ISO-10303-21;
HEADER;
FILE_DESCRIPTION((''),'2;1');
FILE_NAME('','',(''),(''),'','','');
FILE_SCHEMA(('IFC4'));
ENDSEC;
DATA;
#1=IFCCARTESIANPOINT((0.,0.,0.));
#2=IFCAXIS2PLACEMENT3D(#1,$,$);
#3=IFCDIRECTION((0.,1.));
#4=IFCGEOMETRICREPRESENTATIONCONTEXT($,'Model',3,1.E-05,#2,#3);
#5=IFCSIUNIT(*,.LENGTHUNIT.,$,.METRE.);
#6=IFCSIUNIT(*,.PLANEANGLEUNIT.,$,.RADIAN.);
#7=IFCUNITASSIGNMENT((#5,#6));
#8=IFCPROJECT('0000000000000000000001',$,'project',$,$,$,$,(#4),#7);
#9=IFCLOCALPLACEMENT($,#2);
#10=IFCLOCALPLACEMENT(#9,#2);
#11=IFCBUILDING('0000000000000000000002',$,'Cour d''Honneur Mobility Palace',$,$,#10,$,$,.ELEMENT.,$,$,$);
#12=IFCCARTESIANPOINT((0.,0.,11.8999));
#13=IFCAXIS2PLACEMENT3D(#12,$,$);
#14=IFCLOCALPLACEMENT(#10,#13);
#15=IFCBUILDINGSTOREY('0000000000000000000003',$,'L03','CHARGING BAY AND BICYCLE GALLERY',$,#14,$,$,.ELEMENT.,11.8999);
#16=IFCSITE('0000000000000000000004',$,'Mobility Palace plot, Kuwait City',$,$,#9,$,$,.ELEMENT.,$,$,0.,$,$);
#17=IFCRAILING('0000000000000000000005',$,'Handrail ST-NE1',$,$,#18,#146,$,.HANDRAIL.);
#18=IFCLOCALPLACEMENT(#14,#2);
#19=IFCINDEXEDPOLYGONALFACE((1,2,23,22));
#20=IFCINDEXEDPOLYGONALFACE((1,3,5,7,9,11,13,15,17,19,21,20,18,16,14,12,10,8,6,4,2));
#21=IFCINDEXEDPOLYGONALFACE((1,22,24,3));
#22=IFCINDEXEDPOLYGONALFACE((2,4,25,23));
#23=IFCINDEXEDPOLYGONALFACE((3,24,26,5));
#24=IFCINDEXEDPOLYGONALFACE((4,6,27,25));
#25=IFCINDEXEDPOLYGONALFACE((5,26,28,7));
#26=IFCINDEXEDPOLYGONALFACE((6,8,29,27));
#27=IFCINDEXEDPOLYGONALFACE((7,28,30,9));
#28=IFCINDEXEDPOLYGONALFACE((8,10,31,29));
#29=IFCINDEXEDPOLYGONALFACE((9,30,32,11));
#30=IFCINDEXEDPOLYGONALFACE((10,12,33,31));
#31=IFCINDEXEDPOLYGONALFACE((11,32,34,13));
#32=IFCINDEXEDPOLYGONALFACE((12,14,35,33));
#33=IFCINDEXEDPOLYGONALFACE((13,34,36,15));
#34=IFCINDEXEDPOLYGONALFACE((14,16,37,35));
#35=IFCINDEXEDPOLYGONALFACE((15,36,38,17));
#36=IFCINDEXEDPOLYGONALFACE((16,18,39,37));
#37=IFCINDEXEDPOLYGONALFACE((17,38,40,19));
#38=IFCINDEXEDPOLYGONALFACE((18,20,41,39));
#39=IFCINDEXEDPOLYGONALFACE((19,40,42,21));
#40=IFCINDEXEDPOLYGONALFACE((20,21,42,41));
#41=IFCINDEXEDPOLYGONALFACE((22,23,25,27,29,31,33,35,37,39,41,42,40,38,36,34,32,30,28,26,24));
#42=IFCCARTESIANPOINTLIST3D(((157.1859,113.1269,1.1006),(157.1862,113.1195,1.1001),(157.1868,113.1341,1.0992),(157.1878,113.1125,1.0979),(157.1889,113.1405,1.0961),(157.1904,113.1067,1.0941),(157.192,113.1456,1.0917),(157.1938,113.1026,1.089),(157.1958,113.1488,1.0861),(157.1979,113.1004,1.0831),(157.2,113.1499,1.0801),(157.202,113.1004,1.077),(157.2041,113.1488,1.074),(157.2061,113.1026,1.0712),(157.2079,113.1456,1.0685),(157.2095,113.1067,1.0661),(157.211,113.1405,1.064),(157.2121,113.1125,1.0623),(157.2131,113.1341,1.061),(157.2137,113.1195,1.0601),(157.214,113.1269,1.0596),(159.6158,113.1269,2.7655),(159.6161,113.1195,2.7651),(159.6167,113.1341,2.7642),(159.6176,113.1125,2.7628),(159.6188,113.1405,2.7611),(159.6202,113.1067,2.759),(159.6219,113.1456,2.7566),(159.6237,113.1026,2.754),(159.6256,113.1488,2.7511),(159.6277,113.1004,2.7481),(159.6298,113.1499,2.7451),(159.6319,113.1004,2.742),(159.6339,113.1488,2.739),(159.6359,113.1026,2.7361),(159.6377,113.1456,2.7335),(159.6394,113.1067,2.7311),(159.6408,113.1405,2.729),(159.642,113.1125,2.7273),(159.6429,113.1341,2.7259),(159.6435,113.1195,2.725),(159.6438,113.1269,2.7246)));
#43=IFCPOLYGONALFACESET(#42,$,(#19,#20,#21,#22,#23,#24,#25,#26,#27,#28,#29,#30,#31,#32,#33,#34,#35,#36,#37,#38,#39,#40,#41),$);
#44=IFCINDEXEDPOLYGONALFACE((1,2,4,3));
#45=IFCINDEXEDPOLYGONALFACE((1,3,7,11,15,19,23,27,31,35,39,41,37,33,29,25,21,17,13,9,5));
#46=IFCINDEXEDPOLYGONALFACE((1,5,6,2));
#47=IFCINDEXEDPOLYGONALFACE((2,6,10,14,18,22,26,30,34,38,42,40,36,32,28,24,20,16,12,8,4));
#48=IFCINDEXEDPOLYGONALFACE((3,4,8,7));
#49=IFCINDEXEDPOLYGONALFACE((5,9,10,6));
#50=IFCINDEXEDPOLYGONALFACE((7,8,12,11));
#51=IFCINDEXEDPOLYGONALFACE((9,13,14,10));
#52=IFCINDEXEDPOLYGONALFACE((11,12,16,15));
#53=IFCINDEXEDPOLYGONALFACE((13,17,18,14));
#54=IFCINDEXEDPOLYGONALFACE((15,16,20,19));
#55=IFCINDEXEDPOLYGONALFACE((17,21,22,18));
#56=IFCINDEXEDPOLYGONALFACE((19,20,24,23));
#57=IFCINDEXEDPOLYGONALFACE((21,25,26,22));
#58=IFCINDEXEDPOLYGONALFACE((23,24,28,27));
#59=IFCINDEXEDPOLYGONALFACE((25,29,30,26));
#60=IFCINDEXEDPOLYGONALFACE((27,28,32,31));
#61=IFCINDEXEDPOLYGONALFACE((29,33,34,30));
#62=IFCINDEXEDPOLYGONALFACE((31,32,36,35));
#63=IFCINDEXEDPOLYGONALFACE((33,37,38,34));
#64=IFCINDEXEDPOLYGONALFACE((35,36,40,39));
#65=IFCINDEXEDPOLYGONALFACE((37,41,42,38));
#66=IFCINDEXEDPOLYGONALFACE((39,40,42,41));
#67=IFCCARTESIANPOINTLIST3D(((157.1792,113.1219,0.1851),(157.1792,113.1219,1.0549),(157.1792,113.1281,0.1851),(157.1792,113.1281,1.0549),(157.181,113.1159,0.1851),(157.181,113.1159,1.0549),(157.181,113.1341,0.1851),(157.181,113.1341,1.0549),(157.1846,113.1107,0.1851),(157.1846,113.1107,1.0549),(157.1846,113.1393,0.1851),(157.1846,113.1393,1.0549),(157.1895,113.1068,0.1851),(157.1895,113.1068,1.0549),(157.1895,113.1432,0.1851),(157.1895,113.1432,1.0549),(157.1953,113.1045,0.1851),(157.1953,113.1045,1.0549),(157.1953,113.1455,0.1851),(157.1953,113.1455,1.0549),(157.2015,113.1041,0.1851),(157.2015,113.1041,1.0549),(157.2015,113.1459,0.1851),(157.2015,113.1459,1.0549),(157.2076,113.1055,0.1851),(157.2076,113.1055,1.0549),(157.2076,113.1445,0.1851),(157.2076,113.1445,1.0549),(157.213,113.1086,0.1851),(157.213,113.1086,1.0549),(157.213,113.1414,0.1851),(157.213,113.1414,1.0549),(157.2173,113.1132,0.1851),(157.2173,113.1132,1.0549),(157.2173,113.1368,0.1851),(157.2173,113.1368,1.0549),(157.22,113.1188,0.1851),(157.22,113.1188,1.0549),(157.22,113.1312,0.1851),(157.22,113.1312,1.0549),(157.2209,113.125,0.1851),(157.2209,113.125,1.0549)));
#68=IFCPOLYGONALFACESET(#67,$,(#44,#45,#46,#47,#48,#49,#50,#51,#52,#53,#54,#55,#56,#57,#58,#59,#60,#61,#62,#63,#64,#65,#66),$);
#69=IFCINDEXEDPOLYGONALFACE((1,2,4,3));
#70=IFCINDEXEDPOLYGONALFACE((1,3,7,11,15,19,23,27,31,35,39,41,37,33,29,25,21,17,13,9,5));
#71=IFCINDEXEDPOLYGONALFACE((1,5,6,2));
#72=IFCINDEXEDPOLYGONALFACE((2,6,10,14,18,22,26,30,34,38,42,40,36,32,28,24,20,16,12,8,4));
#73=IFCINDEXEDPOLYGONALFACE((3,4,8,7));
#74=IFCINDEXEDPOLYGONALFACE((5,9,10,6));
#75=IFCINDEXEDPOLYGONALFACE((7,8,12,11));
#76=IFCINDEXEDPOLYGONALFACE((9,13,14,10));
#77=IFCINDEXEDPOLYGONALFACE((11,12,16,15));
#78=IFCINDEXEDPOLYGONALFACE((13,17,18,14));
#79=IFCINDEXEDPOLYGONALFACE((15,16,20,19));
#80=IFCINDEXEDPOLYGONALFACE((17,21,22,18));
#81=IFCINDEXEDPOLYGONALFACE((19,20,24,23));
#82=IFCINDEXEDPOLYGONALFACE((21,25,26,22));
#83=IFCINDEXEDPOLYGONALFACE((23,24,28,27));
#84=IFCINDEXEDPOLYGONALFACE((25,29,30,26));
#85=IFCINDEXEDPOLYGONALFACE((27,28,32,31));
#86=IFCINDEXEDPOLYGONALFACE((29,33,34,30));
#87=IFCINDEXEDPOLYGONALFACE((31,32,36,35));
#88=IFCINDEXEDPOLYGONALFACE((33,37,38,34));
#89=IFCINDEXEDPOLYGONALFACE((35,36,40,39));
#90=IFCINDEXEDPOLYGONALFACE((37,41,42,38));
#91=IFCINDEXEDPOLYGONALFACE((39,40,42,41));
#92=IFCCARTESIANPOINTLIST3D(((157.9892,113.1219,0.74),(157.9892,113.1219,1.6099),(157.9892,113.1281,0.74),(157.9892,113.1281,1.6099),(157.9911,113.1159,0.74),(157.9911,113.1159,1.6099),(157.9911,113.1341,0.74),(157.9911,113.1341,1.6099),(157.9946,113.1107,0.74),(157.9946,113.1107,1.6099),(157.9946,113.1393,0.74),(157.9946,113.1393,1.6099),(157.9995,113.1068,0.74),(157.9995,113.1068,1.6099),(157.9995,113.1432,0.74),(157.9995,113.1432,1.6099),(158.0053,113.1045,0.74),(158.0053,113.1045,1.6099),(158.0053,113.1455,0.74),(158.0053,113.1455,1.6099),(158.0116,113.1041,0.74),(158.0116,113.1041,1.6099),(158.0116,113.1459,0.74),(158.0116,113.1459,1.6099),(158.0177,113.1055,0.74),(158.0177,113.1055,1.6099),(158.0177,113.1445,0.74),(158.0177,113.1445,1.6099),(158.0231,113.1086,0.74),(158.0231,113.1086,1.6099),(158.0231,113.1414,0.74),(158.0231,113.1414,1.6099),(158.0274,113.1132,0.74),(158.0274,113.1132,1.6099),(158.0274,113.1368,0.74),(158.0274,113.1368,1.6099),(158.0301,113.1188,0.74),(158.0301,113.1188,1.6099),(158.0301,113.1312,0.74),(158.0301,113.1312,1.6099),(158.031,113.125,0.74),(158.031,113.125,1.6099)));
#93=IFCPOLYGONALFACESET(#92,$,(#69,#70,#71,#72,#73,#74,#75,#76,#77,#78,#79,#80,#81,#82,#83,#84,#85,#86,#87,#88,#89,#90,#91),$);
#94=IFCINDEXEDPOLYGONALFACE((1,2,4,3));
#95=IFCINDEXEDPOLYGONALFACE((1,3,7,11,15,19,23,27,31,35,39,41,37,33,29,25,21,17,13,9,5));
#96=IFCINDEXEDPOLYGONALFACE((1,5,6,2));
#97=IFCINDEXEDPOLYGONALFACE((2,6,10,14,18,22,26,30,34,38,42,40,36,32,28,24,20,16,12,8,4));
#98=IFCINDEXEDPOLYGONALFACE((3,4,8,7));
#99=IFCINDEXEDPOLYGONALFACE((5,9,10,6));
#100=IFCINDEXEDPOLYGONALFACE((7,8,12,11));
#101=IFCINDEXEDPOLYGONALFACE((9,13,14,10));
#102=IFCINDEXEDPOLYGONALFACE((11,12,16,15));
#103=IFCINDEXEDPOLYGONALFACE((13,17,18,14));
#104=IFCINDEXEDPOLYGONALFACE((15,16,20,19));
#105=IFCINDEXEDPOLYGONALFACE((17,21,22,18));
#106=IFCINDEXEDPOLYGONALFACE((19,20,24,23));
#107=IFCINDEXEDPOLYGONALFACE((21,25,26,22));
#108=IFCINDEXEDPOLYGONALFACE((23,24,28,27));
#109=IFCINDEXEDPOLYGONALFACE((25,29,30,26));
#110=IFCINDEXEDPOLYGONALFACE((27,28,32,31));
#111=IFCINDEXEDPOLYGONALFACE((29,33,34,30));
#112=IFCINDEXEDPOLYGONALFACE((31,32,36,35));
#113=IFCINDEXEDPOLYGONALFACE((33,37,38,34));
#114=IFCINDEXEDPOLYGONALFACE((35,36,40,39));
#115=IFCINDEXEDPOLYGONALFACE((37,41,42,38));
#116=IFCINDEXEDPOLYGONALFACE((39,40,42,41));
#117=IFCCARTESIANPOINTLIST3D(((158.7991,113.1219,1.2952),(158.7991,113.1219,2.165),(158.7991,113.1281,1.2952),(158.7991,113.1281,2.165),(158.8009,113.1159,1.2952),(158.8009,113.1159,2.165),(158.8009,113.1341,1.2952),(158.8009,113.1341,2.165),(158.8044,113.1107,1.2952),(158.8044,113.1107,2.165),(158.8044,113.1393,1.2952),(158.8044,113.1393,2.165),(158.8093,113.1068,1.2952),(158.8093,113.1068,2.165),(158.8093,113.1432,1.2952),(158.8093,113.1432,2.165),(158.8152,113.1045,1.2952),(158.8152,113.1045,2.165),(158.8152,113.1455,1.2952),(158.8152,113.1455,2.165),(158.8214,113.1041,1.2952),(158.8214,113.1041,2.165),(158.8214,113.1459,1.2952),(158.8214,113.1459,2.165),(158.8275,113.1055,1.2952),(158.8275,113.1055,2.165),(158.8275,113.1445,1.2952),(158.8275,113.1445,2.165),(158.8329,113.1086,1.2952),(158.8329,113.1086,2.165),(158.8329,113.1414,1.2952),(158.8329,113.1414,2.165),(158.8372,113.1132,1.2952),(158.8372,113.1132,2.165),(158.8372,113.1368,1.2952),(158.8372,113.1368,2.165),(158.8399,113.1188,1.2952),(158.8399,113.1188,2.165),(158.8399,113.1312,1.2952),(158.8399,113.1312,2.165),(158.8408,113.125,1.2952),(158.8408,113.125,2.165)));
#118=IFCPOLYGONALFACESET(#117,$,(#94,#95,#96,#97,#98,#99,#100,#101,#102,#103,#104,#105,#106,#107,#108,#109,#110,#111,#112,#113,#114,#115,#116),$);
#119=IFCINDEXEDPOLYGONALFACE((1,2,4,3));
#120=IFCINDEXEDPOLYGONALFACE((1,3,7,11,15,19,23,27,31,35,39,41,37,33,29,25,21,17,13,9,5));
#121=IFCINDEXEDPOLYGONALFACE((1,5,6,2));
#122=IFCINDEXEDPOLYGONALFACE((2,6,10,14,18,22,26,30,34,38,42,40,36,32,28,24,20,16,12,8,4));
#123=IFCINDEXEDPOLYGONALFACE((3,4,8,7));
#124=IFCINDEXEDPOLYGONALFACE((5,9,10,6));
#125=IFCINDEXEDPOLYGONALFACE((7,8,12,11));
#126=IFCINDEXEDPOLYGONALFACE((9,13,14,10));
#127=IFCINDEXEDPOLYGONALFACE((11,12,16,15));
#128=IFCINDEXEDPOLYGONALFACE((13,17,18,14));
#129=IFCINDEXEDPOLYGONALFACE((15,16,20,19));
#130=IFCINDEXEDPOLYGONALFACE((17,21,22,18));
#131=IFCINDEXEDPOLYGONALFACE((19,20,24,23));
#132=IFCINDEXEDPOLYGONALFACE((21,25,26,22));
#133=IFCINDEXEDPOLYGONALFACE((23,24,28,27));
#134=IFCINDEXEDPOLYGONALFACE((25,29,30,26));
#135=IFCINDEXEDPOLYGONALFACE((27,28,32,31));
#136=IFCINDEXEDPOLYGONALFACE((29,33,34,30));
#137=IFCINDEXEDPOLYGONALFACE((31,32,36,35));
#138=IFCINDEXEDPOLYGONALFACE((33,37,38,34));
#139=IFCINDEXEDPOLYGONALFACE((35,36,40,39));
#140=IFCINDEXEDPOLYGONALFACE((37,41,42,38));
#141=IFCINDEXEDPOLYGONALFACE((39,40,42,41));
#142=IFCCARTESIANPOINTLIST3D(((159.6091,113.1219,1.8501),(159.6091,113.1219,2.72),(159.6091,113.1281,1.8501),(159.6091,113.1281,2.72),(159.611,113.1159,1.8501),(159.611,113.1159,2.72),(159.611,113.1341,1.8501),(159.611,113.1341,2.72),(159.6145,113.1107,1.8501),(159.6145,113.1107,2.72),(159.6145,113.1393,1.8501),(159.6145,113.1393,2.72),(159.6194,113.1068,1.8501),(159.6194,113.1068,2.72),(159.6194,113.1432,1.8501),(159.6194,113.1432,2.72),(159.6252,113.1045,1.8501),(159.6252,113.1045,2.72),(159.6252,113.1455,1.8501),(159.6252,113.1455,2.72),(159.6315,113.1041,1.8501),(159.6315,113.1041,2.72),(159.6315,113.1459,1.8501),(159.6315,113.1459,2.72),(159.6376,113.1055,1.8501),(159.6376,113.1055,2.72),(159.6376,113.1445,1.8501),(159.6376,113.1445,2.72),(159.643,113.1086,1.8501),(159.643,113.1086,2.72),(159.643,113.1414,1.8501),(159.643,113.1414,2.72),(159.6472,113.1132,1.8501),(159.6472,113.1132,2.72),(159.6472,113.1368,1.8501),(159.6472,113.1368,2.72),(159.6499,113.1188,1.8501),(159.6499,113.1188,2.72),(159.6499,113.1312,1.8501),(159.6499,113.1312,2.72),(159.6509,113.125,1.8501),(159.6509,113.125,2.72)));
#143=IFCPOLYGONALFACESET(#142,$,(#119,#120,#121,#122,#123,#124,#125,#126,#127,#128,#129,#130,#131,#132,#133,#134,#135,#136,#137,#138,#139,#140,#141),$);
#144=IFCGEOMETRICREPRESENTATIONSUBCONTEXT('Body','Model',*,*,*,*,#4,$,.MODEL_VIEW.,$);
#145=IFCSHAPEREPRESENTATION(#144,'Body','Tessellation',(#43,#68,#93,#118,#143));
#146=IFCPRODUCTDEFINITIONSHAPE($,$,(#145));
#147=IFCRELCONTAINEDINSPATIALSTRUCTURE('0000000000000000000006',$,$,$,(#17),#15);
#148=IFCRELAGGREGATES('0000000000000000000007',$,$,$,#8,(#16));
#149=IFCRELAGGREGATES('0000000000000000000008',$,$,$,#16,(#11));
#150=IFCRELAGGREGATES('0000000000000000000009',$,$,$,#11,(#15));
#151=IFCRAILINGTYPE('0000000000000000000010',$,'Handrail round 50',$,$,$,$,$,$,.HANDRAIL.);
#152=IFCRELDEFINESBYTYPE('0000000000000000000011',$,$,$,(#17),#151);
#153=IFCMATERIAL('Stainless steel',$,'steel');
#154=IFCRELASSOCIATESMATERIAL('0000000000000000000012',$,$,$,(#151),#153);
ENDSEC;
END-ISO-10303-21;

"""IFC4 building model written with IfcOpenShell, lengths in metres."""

from ifc_helpers import new_model, si_unit, direction, frame, origin, origin_2d, place, context, subcontext, project, spatial, circle, extrude, material, type_object, element, save


model = new_model("IFC4")

# Units and contexts
model_context = context("Model", 3, precision=1e-05, world=origin(), true_north=direction((0.0, 1.0)))
body_context = subcontext(model_context, "Body", "Model", "MODEL_VIEW")
ifc_project = project(units=[si_unit("LENGTHUNIT", "METRE"), si_unit("PLANEANGLEUNIT", "RADIAN")], contexts=[model_context])

# Site, building, storey
site_placement = place(None, origin())
site = spatial("IfcSite", under=ifc_project, at=site_placement, Name="Mobility Palace plot, Kuwait City", CompositionType="ELEMENT", RefElevation=0.0)
building_placement = place(site_placement, origin())
building = spatial("IfcBuilding", under=site, at=building_placement, Name="Cour d'Honneur Mobility Palace", CompositionType="ELEMENT")
storey_placement = place(building_placement, frame((0.0, 0.0, 11.8999)))
storey = spatial("IfcBuildingStorey", under=building, at=storey_placement, Name="L03", Description="CHARGING BAY AND BICYCLE GALLERY", CompositionType="ELEMENT", Elevation=11.8999)

# Railing
ifc_material_1 = material(Name="Stainless steel", Category="steel")
railing_type_1 = type_object("IfcRailingType", Name="Handrail round 50", PredefinedType="HANDRAIL", material=ifc_material_1)
for number, where, name in (
    (1, (157.2, 113.125, 0.1851), "Handrail ST-NE1"),
):
    element("IfcRailing", number, at=place(storey_placement, frame(where)), inside=storey, type_object=railing_type_1, Name=name, PredefinedType="HANDRAIL", context=body_context, shape_type="SweptSolid", body=[
        extrude(circle(Radius=0.0249, at=origin_2d()), frame((0.0, 0.0, 0.895), z_axis=(0.824919, 0.0, 0.565251), x_axis=(0.0, 1.0, 0.0)), (0.0, 0.0, 1.0), 2.9456),
        extrude(circle(Radius=0.021, at=origin_2d()), origin(), (0.0, 0.0, 1.0), 0.8699),
        extrude(circle(Radius=0.021, at=origin_2d()), frame((0.8101, 0.0, 0.5549)), (0.0, 0.0, 1.0), 0.8699),
        extrude(circle(Radius=0.021, at=origin_2d()), frame((1.6199, 0.0, 1.1101)), (0.0, 0.0, 1.0), 0.8699),
        extrude(circle(Radius=0.021, at=origin_2d()), frame((2.4299, 0.0, 1.665)), (0.0, 0.0, 1.0), 0.8699),
    ])

save(model, "model.ifc")
